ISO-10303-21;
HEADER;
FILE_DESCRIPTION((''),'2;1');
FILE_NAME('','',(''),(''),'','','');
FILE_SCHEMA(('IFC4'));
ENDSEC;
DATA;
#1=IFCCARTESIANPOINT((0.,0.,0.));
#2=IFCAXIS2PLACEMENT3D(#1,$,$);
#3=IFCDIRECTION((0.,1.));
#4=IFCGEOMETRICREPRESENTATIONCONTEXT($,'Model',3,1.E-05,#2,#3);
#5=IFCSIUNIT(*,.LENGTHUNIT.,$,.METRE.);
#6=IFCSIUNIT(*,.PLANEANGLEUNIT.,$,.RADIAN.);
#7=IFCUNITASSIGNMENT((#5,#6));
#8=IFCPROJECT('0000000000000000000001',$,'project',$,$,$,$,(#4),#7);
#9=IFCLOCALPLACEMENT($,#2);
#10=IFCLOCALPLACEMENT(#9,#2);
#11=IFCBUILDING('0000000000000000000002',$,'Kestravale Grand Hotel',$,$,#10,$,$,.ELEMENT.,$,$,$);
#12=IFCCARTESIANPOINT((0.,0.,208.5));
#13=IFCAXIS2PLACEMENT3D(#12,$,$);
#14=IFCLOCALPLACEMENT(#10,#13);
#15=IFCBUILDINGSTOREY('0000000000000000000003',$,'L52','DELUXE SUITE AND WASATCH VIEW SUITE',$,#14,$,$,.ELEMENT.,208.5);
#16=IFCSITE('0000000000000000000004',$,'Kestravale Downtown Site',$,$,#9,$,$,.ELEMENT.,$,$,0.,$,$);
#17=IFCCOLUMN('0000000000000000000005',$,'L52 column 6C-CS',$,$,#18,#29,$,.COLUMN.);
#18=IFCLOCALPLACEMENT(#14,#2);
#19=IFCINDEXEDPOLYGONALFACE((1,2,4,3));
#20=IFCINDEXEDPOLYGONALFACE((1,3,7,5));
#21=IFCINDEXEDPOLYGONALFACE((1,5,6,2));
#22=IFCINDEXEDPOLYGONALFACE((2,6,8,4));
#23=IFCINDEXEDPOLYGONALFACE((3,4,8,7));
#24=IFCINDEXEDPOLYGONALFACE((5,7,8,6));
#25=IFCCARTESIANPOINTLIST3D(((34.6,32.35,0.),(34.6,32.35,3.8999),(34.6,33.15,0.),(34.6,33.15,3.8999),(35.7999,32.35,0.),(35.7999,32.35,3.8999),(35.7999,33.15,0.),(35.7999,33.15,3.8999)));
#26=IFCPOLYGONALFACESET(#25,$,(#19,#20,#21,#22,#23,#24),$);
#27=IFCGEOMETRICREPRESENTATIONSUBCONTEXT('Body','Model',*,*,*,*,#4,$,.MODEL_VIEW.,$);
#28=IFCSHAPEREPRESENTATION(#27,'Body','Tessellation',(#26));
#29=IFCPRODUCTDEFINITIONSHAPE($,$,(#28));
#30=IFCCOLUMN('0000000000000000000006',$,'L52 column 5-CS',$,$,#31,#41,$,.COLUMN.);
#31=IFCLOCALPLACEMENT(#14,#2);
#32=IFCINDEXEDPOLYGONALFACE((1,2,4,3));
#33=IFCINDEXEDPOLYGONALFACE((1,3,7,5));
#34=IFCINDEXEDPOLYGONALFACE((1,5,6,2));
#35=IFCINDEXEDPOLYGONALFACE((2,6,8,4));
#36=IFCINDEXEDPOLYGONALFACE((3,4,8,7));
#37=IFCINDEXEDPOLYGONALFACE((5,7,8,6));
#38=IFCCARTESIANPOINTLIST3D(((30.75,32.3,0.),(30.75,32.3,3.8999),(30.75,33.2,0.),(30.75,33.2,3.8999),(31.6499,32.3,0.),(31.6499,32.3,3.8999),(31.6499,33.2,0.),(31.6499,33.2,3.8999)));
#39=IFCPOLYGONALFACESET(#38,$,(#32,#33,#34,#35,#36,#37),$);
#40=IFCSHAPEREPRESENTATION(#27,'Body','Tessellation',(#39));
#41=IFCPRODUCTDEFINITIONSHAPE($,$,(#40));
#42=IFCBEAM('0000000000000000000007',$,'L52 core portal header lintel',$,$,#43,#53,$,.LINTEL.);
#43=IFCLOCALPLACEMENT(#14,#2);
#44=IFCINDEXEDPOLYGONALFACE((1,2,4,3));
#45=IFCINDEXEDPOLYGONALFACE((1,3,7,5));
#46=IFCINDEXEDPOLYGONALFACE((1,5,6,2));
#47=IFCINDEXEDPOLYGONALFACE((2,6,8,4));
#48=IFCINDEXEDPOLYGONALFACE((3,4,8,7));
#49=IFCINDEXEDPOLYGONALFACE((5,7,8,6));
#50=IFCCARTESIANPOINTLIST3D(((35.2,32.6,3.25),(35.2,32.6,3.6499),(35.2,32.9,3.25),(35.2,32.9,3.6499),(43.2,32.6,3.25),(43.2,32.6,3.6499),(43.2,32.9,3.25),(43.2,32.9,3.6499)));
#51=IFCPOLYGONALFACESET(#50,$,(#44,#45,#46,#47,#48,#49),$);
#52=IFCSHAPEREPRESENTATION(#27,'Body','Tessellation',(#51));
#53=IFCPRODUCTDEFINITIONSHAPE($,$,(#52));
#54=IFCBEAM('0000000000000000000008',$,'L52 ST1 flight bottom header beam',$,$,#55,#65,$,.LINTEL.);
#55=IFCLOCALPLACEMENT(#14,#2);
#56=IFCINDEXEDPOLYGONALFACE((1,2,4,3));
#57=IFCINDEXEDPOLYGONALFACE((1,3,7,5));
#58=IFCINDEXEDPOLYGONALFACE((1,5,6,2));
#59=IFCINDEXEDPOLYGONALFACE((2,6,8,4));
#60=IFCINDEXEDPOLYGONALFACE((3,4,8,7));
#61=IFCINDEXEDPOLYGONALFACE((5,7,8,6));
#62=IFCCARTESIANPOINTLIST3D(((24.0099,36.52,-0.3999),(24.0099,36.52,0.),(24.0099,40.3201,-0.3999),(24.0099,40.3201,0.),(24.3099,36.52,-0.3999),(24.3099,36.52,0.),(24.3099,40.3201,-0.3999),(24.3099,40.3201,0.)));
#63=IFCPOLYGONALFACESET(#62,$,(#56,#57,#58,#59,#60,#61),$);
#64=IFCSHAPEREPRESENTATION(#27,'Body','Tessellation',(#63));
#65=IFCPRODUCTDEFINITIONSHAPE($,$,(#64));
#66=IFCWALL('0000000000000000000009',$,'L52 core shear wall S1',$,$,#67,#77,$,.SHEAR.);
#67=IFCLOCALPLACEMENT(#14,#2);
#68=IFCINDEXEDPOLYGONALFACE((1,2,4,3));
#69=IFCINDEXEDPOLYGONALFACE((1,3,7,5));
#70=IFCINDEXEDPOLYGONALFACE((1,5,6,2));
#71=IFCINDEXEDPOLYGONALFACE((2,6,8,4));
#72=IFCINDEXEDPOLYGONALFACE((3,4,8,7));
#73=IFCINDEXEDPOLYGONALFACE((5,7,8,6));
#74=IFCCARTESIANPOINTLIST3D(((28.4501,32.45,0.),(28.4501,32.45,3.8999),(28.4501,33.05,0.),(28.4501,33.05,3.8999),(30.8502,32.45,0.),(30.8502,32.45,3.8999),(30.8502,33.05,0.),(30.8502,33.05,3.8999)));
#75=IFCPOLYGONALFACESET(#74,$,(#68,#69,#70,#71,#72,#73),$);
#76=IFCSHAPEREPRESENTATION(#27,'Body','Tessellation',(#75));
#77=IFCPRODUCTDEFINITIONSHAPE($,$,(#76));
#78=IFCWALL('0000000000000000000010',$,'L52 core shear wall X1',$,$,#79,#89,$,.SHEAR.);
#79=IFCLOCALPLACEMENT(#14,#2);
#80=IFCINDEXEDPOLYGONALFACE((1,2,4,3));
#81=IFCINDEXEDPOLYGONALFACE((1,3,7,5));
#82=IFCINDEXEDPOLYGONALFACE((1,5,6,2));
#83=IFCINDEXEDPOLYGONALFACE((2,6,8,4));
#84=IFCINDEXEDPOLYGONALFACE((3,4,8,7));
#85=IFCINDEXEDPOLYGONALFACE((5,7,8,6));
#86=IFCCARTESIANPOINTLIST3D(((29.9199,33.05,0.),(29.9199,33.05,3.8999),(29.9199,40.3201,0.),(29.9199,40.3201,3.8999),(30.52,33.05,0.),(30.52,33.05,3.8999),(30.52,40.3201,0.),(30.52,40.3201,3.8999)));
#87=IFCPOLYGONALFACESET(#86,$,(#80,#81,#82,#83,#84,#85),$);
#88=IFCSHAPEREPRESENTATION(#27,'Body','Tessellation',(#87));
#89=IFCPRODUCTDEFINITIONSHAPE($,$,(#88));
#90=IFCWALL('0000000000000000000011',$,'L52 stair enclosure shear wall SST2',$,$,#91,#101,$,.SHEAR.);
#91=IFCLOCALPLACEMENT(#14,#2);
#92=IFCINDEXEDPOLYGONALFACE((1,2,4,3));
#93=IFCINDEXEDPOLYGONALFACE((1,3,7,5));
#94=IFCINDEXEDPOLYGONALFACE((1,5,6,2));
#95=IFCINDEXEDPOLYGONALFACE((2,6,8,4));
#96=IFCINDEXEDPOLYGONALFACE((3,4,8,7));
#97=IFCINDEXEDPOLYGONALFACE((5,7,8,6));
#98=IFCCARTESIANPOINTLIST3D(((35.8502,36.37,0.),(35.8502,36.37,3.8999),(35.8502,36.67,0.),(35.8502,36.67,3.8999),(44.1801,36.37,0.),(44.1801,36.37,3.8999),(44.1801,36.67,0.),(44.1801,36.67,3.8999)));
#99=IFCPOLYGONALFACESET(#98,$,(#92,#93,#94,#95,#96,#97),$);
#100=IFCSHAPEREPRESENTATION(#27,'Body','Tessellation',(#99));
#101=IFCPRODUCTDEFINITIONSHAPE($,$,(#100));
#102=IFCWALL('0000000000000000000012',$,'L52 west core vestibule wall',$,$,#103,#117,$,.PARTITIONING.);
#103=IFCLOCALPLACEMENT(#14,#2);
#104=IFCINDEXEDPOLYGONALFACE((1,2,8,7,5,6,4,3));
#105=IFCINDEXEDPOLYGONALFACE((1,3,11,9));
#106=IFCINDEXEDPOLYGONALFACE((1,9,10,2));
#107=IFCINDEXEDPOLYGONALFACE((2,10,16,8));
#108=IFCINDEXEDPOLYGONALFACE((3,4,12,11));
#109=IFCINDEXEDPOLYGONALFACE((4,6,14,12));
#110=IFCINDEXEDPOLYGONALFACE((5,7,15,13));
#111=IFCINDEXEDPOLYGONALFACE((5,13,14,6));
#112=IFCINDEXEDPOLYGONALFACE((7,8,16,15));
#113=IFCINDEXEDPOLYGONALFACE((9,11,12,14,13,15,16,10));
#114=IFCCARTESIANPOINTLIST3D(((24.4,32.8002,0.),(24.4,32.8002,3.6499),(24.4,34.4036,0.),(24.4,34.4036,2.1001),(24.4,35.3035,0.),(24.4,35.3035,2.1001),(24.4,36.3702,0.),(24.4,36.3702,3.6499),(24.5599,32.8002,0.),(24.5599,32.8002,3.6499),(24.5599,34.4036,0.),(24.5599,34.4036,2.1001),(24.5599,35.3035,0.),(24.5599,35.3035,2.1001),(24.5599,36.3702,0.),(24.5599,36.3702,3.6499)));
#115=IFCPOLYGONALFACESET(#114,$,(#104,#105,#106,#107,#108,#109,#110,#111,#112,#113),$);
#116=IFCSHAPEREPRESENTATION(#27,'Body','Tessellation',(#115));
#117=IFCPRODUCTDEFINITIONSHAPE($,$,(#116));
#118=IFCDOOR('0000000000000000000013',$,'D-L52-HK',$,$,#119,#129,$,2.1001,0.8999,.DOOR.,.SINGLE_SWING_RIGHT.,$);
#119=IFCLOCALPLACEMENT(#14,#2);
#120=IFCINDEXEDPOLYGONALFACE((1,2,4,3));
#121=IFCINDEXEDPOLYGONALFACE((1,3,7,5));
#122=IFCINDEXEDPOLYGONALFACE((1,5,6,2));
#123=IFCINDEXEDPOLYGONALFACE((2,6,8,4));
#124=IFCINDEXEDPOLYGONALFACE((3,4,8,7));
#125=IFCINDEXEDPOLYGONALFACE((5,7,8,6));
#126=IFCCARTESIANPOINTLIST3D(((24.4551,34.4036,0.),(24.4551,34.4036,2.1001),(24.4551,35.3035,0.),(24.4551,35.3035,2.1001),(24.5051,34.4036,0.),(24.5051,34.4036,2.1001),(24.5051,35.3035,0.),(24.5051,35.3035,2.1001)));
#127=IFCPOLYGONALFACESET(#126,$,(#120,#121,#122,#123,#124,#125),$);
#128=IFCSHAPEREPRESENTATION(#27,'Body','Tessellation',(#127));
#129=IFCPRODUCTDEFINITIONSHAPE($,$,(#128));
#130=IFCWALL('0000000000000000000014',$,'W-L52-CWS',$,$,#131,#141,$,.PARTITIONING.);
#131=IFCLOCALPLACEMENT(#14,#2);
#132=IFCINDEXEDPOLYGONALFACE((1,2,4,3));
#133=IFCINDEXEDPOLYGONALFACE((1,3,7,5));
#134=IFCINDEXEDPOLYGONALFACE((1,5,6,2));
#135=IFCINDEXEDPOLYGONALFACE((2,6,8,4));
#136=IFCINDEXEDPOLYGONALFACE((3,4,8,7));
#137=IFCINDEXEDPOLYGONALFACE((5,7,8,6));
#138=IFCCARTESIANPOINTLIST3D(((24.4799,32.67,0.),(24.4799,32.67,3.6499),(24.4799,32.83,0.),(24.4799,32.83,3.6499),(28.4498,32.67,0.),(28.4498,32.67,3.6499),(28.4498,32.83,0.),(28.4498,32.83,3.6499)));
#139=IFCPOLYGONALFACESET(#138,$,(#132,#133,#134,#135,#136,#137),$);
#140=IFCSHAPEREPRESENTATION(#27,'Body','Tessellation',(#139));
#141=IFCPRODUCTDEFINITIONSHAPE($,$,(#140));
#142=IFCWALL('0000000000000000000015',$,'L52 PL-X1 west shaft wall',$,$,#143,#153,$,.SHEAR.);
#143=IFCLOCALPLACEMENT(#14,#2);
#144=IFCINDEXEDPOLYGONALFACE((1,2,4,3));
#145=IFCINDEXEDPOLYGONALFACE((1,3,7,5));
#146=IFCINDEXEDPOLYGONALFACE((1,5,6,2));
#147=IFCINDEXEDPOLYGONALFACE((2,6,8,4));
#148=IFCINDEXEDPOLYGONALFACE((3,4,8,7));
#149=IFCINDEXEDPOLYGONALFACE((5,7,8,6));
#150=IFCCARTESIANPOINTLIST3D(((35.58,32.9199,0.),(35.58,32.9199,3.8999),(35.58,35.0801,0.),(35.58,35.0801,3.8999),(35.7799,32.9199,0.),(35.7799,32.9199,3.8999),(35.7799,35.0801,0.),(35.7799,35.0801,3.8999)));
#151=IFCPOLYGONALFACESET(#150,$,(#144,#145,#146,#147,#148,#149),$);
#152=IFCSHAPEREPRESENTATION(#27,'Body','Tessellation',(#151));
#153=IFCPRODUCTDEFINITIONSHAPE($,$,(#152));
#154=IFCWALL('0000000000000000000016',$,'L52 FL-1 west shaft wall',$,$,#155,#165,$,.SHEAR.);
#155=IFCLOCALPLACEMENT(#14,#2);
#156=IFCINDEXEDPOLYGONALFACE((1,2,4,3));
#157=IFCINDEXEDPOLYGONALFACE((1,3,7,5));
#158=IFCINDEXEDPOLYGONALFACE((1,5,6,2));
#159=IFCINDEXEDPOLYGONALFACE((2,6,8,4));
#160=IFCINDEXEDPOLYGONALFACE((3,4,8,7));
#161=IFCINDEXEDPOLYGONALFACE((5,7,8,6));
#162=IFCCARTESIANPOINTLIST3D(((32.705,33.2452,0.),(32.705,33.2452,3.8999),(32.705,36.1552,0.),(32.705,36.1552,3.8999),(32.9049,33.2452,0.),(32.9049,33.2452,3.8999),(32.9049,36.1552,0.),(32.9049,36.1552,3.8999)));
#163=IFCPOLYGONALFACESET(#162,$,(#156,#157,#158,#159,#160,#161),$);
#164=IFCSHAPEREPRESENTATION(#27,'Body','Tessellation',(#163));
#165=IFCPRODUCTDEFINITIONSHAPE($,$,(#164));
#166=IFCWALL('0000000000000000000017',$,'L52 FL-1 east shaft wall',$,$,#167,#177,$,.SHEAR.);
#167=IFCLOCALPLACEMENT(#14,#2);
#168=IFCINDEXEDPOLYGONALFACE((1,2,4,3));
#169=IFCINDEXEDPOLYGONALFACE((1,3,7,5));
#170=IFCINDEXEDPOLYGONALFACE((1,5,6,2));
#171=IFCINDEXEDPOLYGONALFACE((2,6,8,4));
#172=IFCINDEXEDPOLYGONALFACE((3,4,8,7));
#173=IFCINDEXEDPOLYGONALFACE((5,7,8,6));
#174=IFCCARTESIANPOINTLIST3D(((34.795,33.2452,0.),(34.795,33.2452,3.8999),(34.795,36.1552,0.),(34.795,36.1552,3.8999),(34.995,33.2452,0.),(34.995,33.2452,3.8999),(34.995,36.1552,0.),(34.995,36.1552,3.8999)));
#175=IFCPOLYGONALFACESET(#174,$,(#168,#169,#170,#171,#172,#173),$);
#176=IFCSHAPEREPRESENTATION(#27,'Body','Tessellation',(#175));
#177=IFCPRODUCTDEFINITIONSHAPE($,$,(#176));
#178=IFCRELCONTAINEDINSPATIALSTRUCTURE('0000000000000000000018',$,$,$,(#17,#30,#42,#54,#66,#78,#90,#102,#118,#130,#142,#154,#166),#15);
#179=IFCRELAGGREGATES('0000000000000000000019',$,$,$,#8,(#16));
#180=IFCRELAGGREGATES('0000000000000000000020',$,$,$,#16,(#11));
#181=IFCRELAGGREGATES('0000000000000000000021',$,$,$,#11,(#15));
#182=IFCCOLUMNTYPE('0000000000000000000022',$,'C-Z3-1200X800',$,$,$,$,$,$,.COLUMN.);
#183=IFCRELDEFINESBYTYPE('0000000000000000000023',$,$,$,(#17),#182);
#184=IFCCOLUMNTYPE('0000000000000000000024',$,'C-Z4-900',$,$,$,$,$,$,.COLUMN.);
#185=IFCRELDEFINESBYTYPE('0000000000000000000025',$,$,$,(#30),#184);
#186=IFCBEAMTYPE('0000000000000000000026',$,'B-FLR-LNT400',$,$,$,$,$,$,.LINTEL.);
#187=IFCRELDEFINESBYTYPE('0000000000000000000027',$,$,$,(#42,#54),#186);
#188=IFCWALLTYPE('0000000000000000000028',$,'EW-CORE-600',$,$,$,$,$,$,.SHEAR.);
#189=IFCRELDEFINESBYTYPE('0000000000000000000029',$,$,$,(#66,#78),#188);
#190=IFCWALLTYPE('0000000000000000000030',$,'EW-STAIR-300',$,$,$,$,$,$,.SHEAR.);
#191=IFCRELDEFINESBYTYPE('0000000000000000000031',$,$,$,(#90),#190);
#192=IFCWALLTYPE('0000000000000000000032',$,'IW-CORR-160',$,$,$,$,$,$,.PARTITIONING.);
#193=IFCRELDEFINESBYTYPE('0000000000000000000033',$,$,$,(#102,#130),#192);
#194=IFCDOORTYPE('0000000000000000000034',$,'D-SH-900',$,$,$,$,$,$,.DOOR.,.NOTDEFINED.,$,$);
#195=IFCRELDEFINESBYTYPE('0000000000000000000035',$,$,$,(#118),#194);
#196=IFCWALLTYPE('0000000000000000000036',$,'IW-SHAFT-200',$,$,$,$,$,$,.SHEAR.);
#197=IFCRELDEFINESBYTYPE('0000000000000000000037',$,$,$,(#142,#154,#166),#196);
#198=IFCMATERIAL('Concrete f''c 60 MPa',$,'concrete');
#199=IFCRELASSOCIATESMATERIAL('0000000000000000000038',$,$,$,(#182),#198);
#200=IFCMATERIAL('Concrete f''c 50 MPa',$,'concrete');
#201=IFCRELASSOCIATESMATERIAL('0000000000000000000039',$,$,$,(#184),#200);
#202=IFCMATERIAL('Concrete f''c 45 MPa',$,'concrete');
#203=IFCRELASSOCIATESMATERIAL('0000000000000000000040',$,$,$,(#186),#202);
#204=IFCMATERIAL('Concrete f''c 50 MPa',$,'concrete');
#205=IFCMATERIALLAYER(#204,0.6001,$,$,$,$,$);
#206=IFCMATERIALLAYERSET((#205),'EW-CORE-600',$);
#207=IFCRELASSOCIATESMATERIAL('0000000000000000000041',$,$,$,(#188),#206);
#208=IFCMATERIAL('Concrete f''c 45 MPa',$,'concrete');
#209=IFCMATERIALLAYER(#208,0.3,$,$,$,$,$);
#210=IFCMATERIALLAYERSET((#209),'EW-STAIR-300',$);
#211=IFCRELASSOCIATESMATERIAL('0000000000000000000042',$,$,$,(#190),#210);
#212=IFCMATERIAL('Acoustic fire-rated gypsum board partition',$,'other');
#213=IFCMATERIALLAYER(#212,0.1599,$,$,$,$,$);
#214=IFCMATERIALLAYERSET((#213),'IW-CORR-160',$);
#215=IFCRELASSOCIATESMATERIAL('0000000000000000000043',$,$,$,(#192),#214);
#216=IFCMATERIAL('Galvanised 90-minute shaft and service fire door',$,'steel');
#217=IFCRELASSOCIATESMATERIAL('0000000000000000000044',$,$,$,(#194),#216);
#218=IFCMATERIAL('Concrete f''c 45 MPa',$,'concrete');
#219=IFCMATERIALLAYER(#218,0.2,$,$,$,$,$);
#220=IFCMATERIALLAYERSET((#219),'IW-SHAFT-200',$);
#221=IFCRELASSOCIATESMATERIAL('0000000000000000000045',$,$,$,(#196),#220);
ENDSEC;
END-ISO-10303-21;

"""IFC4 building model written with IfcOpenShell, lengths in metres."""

from ifc_helpers import new_model, si_unit, direction, frame, frame_2d, origin, origin_2d, place, context, subcontext, project, spatial, rectangle, extrude, material, layer, layer_set, material_profile, profile_set, type_object, element, fill, save


model = new_model("IFC4")

# Units and contexts
model_context = context("Model", 3, precision=1e-05, world=origin(), true_north=direction((0.0, 1.0)))
body_context = subcontext(model_context, "Body", "Model", "MODEL_VIEW")
ifc_project = project(units=[si_unit("LENGTHUNIT", "METRE"), si_unit("PLANEANGLEUNIT", "RADIAN")], contexts=[model_context])

# Site, building, storey
site_placement = place(None, origin())
site = spatial("IfcSite", under=ifc_project, at=site_placement, Name="Kestravale Downtown Site", CompositionType="ELEMENT", RefElevation=0.0)
building_placement = place(site_placement, origin())
building = spatial("IfcBuilding", under=site, at=building_placement, Name="Kestravale Grand Hotel", CompositionType="ELEMENT")
storey_placement = place(building_placement, frame((0.0, 0.0, 208.5)))
storey = spatial("IfcBuildingStorey", under=building, at=storey_placement, Name="L52", Description="DELUXE SUITE AND WASATCH VIEW SUITE", CompositionType="ELEMENT", Elevation=208.5)

# Columns
ifc_material_1 = material(Name="Concrete f'c 60 MPa", Category="concrete")
ifc_material_profile_1 = material_profile(ifc_material_1, rectangle(XDim=1.2, YDim=0.8, at=origin_2d()))
ifc_profile_set_1 = profile_set([ifc_material_profile_1], Name="Concrete f'c 60 MPa")
column_type_1 = type_object("IfcColumnType", Name="C-Z3-1200X800", PredefinedType="COLUMN", material=ifc_profile_set_1)
column_1_placement = place(storey_placement, frame((35.2, 32.75, 0.0), z_axis=(0.0, 0.0, 1.0), x_axis=(1.0, 0.0, 0.0)))
element("IfcColumn", 1, at=column_1_placement, inside=storey, type_object=column_type_1, Name="L52 column 6C-CS", PredefinedType="COLUMN", context=body_context, shape_type="SweptSolid", body=[
    extrude(rectangle(XDim=1.2, YDim=0.8, at=origin_2d()), origin(), (0.0, 0.0, 1.0), 3.8999),
])
ifc_material_2 = material(Name="Concrete f'c 50 MPa", Category="concrete")
ifc_material_profile_2 = material_profile(ifc_material_2, rectangle(XDim=0.8999, YDim=0.8999, at=origin_2d()))
ifc_profile_set_2 = profile_set([ifc_material_profile_2], Name="Concrete f'c 50 MPa")
column_type_2 = type_object("IfcColumnType", Name="C-Z4-900", PredefinedType="COLUMN", material=ifc_profile_set_2)
column_2_placement = place(storey_placement, frame((31.2, 32.75, 0.0), z_axis=(0.0, 0.0, 1.0), x_axis=(1.0, 0.0, 0.0)))
element("IfcColumn", 2, at=column_2_placement, inside=storey, type_object=column_type_2, Name="L52 column 5-CS", PredefinedType="COLUMN", context=body_context, shape_type="SweptSolid", body=[
    extrude(rectangle(XDim=0.8999, YDim=0.8999, at=origin_2d()), origin(), (0.0, 0.0, 1.0), 3.8999),
])

# Beams
ifc_material_3 = material(Name="Concrete f'c 45 MPa", Category="concrete")
ifc_material_profile_3 = material_profile(ifc_material_3, rectangle(XDim=0.3, YDim=0.3999, at=origin_2d()))
ifc_profile_set_3 = profile_set([ifc_material_profile_3], Name="Concrete f'c 45 MPa")
beam_type = type_object("IfcBeamType", Name="B-FLR-LNT400", PredefinedType="LINTEL", material=ifc_profile_set_3)
beam_1_placement = place(storey_placement, frame((35.2, 32.75, 3.45), z_axis=(1.0, 0.0, 0.0), x_axis=(0.0, 1.0, 0.0)))
element("IfcBeam", 3, at=beam_1_placement, inside=storey, type_object=beam_type, Name="L52 core portal header lintel", PredefinedType="LINTEL", context=body_context, shape_type="SweptSolid", body=[
    extrude(rectangle(XDim=0.3, YDim=0.3999, at=origin_2d()), origin(), (0.0, 0.0, 1.0), 8.0),
])
beam_2_placement = place(storey_placement, frame((24.1599, 36.52, -0.2), z_axis=(0.0, 1.0, 0.0), x_axis=(-1.0, 0.0, 0.0)))
element("IfcBeam", 4, at=beam_2_placement, inside=storey, type_object=beam_type, Name="L52 ST1 flight bottom header beam", PredefinedType="LINTEL", context=body_context, shape_type="SweptSolid", body=[
    extrude(rectangle(XDim=0.3, YDim=0.3999, at=origin_2d()), origin(), (0.0, 0.0, 1.0), 3.8),
])

# Walls
ifc_material_4 = material(Name="Concrete f'c 50 MPa", Category="concrete")
ifc_layer_1 = layer(ifc_material_4, 0.6001)
ifc_layer_set_1 = layer_set([ifc_layer_1], Name="EW-CORE-600")
wall_type_1 = type_object("IfcWallType", Name="EW-CORE-600", PredefinedType="SHEAR", material=ifc_layer_set_1)
wall_1_placement = place(storey_placement, frame((28.45, 32.75, 0.0), z_axis=(0.0, 0.0, 1.0), x_axis=(1.0, 0.0, 0.0)))
element("IfcWall", 5, at=wall_1_placement, inside=storey, type_object=wall_type_1, Name="L52 core shear wall S1", PredefinedType="SHEAR", context=body_context, shape_type="SweptSolid", body=[
    extrude(rectangle(XDim=2.4001, YDim=0.6001, at=frame_2d((1.2002, 0.0))), origin(), (0.0, 0.0, 1.0), 3.8999),
])
wall_2_placement = place(storey_placement, frame((30.22, 33.05, 0.0), z_axis=(0.0, 0.0, 1.0), x_axis=(0.0, 1.0, 0.0)))
element("IfcWall", 6, at=wall_2_placement, inside=storey, type_object=wall_type_1, Name="L52 core shear wall X1", PredefinedType="SHEAR", context=body_context, shape_type="SweptSolid", body=[
    extrude(rectangle(XDim=7.27, YDim=0.6001, at=frame_2d((3.635, 0.0))), origin(), (0.0, 0.0, 1.0), 3.8999),
])

# Wall
ifc_material_5 = material(Name="Concrete f'c 45 MPa", Category="concrete")
ifc_layer_2 = layer(ifc_material_5, 0.3)
ifc_layer_set_2 = layer_set([ifc_layer_2], Name="EW-STAIR-300")
wall_type_2 = type_object("IfcWallType", Name="EW-STAIR-300", PredefinedType="SHEAR", material=ifc_layer_set_2)
wall_3_placement = place(storey_placement, frame((35.8501, 36.52, 0.0), z_axis=(0.0, 0.0, 1.0), x_axis=(1.0, 0.0, 0.0)))
element("IfcWall", 7, at=wall_3_placement, inside=storey, type_object=wall_type_2, Name="L52 stair enclosure shear wall SST2", PredefinedType="SHEAR", context=body_context, shape_type="SweptSolid", body=[
    extrude(rectangle(XDim=8.3298, YDim=0.3, at=frame_2d((4.165, 0.0))), origin(), (0.0, 0.0, 1.0), 3.8999),
])

# Wall, opening, door
ifc_material_6 = material(Name="Acoustic fire-rated gypsum board partition", Category="other")
ifc_layer_3 = layer(ifc_material_6, 0.1599)
ifc_layer_set_3 = layer_set([ifc_layer_3], Name="IW-CORR-160")
wall_type_3 = type_object("IfcWallType", Name="IW-CORR-160", PredefinedType="PARTITIONING", material=ifc_layer_set_3)
wall_4_placement = place(storey_placement, frame((24.48, 32.8, 0.0), z_axis=(0.0, 0.0, 1.0), x_axis=(0.0, 1.0, 0.0)))
wall_4 = element("IfcWall", 8, at=wall_4_placement, inside=storey, type_object=wall_type_3, Name="L52 west core vestibule wall", PredefinedType="PARTITIONING", context=body_context, shape_type="SweptSolid", body=[
    extrude(rectangle(XDim=3.5701, YDim=0.1599, at=frame_2d((1.7852, 0.0))), origin(), (0.0, 0.0, 1.0), 3.6499),
])
opening_1_placement = place(wall_4_placement, frame((1.6035, 0.0, 0.0)))
opening_1 = element("IfcOpeningElement", 9, at=opening_1_placement, cuts=wall_4, PredefinedType="OPENING", context=body_context, shape_type="SweptSolid", body=[
    extrude(rectangle(XDim=0.8999, YDim=2.1001, at=frame_2d((0.45, 1.05))), frame((0.0, 0.0898, 0.0), z_axis=(0.0, -1.0, 0.0), x_axis=(1.0, 0.0, 0.0)), (0.0, 0.0, 1.0), 0.1799),
])
ifc_material_7 = material(Name="Galvanised 90-minute shaft and service fire door", Category="steel")
door_type_1 = type_object("IfcDoorType", Name="D-SH-900", OperationType="NOTDEFINED", PredefinedType="DOOR", material=ifc_material_7)
door_1_placement = place(opening_1_placement, origin())
door_1 = element("IfcDoor", 10, at=door_1_placement, inside=storey, type_object=door_type_1, Name="D-L52-HK", OperationType="SINGLE_SWING_RIGHT", OverallHeight=2.1001, OverallWidth=0.8999, PredefinedType="DOOR", context=body_context, shape_type="SweptSolid", body=[
    extrude(rectangle(XDim=0.8999, YDim=2.1001, at=frame_2d((0.45, 1.05))), frame((0.0, 0.0249, 0.0), z_axis=(0.0, -1.0, 0.0), x_axis=(1.0, 0.0, 0.0)), (0.0, 0.0, 1.0), 0.05),
])
fill(opening_1, door_1)

# Wall
wall_5_placement = place(storey_placement, frame((24.48, 32.75, 0.0), z_axis=(0.0, 0.0, 1.0), x_axis=(1.0, 0.0, 0.0)))
element("IfcWall", 11, at=wall_5_placement, inside=storey, type_object=wall_type_3, Name="W-L52-CWS", PredefinedType="PARTITIONING", context=body_context, shape_type="SweptSolid", body=[
    extrude(rectangle(XDim=3.97, YDim=0.1599, at=frame_2d((1.9849, 0.0))), origin(), (0.0, 0.0, 1.0), 3.6499),
])

# Walls
ifc_material_8 = material(Name="Concrete f'c 45 MPa", Category="concrete")
ifc_layer_4 = layer(ifc_material_8, 0.2)
ifc_layer_set_4 = layer_set([ifc_layer_4], Name="IW-SHAFT-200")
wall_type_4 = type_object("IfcWallType", Name="IW-SHAFT-200", PredefinedType="SHEAR", material=ifc_layer_set_4)
wall_6_placement = place(storey_placement, frame((35.6799, 32.9199, 0.0), z_axis=(0.0, 0.0, 1.0), x_axis=(0.0, 1.0, 0.0)))
element("IfcWall", 12, at=wall_6_placement, inside=storey, type_object=wall_type_4, Name="L52 PL-X1 west shaft wall", PredefinedType="SHEAR", context=body_context, shape_type="SweptSolid", body=[
    extrude(rectangle(XDim=2.1602, YDim=0.2, at=frame_2d((1.0801, 0.0))), origin(), (0.0, 0.0, 1.0), 3.8999),
])
for number, where, z_axis, x_axis, name in (
    (13, (32.8049, 33.2451, 0.0), (0.0, 0.0, 1.0), (0.0, 1.0, 0.0), "L52 FL-1 west shaft wall"),
    (14, (34.895, 33.2451, 0.0), (0.0, 0.0, 1.0), (0.0, 1.0, 0.0), "L52 FL-1 east shaft wall"),
):
    element("IfcWall", number, at=place(storey_placement, frame(where, z_axis=z_axis, x_axis=x_axis)), inside=storey, type_object=wall_type_4, Name=name, PredefinedType="SHEAR", context=body_context, shape_type="SweptSolid", body=[
        extrude(rectangle(XDim=2.9099, YDim=0.2, at=frame_2d((1.4551, 0.0))), origin(), (0.0, 0.0, 1.0), 3.8999),
    ])

save(model, "model.ifc")
